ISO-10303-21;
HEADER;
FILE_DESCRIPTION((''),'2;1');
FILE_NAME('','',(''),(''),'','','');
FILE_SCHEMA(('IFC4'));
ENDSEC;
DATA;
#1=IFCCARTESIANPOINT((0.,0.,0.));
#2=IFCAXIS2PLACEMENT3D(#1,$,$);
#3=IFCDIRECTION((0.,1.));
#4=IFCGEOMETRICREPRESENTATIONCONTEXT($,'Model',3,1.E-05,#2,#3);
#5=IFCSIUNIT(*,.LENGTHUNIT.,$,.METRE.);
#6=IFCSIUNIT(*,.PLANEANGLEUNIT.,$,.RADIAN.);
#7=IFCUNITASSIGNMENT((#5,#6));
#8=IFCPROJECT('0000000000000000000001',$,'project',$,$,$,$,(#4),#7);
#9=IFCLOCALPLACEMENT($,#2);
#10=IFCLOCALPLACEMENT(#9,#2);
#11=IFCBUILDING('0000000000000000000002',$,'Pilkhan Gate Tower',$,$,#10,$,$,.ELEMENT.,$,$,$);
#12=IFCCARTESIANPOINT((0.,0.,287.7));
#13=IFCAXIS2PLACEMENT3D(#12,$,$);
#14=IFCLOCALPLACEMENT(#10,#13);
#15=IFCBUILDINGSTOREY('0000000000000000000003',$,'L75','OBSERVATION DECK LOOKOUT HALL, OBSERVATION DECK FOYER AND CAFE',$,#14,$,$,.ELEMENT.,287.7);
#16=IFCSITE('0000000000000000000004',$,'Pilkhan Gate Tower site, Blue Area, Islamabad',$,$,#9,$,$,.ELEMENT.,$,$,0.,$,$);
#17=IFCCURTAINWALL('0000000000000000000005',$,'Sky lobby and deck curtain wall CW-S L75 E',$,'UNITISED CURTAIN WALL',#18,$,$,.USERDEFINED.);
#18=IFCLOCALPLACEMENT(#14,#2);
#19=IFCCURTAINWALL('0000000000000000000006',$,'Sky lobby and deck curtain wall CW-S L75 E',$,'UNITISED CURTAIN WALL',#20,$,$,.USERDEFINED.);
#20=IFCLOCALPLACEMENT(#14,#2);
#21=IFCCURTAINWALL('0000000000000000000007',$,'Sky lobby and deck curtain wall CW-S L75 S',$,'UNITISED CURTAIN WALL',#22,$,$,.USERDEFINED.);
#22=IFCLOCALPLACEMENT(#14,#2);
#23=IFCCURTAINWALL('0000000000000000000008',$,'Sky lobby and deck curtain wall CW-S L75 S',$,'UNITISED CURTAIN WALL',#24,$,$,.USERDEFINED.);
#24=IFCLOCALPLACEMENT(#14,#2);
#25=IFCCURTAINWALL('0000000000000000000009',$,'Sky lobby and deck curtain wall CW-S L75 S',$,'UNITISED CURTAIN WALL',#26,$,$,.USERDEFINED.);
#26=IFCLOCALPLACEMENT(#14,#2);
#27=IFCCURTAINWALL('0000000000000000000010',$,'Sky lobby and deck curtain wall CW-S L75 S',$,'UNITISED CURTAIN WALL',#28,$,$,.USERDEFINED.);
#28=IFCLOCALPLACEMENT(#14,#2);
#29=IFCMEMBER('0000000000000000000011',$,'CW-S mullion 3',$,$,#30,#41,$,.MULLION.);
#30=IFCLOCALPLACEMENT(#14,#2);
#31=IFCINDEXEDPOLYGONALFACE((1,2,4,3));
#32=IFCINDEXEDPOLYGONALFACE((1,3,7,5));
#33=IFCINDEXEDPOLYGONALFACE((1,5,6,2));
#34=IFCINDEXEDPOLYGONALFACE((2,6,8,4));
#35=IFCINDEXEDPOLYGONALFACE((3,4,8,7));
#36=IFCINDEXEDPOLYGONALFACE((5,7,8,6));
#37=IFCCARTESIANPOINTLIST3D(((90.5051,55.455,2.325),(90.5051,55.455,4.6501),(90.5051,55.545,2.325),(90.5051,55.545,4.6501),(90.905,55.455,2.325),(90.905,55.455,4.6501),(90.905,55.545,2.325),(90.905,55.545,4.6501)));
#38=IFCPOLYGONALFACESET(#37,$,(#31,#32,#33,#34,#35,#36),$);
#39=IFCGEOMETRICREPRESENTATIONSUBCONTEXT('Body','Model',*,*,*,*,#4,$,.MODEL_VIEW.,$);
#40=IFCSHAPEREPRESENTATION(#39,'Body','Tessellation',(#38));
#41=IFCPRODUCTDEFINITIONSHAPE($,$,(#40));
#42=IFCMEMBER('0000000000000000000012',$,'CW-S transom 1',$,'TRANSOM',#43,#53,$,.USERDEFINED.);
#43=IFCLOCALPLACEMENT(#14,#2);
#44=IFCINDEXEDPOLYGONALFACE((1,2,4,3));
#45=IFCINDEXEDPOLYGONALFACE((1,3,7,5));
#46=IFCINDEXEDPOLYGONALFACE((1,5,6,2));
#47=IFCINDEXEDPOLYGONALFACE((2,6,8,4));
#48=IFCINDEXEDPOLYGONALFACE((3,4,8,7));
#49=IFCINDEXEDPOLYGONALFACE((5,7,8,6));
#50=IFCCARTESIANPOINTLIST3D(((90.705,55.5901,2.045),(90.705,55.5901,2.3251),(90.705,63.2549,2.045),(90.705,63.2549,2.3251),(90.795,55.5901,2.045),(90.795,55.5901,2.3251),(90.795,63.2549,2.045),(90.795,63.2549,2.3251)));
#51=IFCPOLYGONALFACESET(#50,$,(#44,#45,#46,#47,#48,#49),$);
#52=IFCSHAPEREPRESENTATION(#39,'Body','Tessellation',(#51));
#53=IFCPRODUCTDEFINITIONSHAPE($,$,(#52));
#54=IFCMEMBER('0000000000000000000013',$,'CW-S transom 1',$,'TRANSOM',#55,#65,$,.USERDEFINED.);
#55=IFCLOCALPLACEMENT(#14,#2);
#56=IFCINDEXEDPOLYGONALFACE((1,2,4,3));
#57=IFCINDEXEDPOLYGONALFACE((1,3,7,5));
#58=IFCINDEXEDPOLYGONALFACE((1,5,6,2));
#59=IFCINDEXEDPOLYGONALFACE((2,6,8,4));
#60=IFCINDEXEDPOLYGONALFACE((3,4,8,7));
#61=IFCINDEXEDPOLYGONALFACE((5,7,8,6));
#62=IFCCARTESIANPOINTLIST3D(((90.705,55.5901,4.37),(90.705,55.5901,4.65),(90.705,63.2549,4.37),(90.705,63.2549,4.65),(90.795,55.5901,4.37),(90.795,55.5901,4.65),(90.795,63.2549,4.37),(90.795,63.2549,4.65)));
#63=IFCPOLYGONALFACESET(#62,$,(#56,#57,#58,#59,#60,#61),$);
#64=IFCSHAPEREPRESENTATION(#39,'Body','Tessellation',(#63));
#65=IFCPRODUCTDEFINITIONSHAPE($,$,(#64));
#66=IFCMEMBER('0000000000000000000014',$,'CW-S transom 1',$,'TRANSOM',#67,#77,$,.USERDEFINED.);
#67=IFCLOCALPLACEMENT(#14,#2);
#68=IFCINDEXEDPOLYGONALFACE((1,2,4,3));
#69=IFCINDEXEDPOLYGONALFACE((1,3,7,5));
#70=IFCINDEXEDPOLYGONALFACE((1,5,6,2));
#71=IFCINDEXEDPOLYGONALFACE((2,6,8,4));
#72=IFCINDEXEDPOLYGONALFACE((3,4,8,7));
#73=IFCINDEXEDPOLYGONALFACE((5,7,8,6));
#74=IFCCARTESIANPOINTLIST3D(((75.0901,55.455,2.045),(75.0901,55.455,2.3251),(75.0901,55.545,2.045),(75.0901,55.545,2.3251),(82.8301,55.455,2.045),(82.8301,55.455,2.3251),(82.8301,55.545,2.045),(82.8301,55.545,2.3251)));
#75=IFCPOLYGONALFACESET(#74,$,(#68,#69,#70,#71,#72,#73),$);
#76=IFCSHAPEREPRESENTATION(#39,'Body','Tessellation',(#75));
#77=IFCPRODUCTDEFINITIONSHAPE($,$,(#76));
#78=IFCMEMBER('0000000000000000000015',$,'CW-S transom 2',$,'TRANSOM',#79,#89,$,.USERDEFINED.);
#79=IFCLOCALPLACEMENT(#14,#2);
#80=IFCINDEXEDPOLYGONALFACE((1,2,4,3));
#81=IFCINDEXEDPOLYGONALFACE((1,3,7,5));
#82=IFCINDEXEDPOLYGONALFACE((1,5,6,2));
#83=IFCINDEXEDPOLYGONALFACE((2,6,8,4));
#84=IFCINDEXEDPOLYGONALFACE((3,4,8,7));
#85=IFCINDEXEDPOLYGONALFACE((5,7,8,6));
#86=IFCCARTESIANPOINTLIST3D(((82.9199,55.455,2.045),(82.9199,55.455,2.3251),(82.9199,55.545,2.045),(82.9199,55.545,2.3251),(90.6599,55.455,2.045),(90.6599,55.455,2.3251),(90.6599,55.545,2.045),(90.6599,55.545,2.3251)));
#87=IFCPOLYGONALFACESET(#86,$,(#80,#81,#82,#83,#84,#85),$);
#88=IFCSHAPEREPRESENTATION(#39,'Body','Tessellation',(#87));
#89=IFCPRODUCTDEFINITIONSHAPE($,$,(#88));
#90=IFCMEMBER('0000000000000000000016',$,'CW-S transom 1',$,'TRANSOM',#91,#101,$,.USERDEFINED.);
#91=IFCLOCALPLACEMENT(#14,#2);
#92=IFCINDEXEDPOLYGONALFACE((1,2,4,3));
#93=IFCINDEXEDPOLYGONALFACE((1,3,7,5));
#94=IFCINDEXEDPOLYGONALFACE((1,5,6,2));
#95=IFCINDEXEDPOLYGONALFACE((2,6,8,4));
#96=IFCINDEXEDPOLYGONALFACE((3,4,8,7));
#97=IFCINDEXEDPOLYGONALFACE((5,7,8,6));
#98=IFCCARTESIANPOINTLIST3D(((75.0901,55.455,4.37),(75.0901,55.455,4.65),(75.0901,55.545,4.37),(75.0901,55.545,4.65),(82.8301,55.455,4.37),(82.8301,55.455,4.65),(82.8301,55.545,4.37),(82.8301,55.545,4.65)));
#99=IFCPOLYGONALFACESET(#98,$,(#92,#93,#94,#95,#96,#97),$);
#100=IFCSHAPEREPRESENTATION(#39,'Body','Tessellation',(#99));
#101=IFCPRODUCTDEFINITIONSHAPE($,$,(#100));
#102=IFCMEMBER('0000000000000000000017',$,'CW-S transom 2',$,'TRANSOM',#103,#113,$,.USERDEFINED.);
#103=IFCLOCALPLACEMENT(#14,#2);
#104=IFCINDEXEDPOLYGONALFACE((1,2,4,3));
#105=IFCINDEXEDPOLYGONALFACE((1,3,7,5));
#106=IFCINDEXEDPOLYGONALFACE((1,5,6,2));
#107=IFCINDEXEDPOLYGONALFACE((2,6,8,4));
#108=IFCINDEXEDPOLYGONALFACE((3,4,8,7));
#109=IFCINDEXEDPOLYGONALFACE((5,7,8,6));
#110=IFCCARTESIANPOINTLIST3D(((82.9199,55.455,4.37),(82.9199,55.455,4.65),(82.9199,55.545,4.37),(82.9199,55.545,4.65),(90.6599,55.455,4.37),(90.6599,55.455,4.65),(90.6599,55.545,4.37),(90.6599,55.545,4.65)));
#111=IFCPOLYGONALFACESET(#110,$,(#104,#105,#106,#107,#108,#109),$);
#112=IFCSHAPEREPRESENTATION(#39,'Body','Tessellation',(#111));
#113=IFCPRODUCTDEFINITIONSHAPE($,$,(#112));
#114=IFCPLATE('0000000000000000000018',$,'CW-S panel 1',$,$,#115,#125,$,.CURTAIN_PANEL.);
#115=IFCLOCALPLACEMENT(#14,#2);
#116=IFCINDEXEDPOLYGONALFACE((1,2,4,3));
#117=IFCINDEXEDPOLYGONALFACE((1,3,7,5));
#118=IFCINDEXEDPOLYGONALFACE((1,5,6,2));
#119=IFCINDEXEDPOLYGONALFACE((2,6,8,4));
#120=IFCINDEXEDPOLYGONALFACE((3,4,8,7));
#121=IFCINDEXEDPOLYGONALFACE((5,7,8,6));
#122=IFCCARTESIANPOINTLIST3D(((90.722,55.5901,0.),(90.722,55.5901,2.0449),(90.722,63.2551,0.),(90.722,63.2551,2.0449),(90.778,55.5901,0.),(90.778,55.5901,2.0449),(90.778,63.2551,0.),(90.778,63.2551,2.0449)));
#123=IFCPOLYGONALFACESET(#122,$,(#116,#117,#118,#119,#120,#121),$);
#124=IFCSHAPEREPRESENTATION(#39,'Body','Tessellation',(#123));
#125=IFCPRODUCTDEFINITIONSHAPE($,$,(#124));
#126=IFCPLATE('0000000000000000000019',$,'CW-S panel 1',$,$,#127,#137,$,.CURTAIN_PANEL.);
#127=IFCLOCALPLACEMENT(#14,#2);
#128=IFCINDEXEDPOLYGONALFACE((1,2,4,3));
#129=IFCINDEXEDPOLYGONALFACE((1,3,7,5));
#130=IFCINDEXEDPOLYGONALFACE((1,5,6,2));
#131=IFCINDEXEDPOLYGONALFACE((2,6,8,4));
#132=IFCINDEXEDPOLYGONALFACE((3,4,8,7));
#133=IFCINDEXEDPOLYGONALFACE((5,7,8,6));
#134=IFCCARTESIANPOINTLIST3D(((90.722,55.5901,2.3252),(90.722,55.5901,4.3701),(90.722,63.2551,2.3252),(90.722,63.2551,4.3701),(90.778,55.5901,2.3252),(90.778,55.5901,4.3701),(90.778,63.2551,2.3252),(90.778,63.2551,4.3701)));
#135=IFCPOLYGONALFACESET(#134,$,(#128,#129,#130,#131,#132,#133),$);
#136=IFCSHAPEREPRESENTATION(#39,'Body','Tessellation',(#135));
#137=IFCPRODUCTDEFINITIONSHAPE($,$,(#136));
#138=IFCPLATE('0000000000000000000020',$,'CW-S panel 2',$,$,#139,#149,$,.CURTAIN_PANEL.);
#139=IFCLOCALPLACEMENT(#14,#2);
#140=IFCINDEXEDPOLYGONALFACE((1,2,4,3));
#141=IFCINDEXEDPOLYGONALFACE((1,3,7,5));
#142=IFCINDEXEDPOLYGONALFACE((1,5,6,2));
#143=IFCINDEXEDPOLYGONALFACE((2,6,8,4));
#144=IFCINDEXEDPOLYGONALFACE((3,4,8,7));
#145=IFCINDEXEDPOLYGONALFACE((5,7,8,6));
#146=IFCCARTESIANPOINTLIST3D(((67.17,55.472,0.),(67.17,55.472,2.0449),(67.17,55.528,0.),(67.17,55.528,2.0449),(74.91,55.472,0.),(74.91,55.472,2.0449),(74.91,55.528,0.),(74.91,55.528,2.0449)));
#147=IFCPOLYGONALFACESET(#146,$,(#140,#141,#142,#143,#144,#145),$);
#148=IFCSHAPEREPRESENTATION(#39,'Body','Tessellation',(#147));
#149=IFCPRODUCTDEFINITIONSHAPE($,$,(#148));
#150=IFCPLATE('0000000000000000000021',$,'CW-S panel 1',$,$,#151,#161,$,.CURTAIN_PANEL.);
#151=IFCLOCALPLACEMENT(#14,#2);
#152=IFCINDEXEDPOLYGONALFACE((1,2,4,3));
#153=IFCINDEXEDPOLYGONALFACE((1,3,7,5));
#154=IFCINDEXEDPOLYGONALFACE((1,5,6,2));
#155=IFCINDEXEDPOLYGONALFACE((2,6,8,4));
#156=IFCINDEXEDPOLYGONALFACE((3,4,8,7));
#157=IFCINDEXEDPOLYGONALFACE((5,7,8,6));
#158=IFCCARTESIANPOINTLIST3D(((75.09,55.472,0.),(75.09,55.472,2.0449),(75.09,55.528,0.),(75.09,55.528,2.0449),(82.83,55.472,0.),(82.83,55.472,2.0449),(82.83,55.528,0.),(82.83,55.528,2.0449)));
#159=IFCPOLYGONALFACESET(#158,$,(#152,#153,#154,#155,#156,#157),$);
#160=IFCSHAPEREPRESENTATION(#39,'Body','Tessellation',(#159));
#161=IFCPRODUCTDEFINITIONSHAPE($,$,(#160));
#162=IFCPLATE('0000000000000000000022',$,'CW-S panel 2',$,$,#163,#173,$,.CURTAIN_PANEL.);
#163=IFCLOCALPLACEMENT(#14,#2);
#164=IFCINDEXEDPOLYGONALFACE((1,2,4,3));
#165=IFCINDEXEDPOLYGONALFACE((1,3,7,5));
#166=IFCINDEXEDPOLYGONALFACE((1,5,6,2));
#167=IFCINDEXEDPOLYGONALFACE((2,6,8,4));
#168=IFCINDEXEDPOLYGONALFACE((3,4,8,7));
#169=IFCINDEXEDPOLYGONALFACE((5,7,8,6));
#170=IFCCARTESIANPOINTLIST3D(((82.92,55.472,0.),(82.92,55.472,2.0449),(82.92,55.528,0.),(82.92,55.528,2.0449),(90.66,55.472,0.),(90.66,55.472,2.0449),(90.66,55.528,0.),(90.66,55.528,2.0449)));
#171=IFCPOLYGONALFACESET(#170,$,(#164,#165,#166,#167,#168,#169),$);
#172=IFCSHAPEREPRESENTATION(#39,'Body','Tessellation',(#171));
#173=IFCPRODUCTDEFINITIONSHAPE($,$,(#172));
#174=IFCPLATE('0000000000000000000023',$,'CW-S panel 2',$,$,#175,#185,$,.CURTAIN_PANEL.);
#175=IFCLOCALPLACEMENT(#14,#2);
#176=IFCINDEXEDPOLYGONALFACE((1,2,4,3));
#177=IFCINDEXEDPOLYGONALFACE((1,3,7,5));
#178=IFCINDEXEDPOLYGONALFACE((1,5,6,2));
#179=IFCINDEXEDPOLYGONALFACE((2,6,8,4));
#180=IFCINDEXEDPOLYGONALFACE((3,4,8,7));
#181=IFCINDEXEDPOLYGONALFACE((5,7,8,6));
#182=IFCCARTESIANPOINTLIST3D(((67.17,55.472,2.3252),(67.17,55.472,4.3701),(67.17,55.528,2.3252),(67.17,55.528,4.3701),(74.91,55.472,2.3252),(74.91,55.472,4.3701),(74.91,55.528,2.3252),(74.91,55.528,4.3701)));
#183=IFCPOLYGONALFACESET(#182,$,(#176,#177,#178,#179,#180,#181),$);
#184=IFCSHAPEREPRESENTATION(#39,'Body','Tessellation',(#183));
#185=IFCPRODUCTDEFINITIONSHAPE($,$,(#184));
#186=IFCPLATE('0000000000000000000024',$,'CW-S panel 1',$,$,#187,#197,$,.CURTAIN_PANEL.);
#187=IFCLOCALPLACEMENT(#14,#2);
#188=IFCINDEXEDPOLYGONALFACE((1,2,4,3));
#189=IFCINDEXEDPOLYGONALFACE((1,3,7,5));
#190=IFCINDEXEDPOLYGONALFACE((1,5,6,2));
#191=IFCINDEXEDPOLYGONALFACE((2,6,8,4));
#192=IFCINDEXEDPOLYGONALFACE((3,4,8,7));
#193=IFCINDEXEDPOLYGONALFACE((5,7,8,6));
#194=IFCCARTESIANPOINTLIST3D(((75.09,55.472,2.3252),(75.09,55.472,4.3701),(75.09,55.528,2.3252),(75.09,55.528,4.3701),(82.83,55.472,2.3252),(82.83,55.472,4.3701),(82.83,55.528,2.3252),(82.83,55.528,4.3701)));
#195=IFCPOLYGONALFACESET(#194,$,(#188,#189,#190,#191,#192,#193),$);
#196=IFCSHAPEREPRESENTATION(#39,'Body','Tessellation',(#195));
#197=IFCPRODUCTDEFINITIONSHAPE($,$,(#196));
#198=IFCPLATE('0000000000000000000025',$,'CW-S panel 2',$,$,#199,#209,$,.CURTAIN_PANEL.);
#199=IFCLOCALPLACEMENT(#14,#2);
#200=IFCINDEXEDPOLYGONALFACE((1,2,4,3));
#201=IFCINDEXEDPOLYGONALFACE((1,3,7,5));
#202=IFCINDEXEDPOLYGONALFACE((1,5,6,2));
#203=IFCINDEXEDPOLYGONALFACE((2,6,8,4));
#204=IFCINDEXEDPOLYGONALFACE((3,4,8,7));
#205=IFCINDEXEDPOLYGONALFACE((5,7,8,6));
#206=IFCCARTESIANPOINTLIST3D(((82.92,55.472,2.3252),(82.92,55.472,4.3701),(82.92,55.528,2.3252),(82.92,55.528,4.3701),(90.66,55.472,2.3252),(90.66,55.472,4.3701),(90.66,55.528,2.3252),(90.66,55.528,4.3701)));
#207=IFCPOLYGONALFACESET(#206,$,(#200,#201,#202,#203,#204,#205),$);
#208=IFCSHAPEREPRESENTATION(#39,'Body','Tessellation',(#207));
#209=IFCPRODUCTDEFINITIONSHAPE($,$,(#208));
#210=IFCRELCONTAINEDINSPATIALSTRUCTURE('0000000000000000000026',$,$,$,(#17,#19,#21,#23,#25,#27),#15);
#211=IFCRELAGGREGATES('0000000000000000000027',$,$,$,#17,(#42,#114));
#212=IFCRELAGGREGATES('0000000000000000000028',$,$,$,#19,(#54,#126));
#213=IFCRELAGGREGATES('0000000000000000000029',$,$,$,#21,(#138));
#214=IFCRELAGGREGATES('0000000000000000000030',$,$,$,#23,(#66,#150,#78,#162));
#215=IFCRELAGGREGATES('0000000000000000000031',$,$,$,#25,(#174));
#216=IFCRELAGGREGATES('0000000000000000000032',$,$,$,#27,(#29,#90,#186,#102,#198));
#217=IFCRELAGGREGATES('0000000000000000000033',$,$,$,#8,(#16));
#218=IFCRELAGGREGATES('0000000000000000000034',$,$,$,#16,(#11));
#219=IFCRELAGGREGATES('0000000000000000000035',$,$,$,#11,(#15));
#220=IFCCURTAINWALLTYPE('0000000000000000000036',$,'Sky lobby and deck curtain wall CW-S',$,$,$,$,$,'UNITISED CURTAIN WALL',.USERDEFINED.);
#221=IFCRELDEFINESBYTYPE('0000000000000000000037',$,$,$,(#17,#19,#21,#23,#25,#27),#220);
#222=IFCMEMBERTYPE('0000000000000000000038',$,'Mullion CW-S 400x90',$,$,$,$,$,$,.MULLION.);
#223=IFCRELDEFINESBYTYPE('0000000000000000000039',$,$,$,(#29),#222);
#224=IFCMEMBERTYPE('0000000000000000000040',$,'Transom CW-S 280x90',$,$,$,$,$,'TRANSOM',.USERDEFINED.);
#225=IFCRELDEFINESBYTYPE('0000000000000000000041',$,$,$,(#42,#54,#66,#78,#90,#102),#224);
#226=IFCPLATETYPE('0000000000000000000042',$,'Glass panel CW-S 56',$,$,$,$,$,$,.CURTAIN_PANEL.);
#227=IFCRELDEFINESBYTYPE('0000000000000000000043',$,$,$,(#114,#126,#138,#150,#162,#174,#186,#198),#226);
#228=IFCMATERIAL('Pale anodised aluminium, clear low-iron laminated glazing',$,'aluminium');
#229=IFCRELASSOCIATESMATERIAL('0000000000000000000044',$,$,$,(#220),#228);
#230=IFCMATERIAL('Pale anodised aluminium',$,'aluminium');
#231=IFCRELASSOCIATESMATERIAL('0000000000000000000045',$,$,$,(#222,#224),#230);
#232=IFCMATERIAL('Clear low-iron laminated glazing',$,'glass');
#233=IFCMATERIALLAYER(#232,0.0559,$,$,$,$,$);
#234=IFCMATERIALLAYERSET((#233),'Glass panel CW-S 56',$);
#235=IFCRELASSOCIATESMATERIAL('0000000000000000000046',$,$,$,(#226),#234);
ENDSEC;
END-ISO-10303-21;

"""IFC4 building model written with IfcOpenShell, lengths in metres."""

from ifc_helpers import new_model, si_unit, direction, frame, origin, origin_2d, place, context, subcontext, project, spatial, rectangle, extrude, material, layer, layer_set, material_profile, profile_set, type_object, element, aggregate, save


model = new_model("IFC4")

# Units and contexts
model_context = context("Model", 3, precision=1e-05, world=origin(), true_north=direction((0.0, 1.0)))
body_context = subcontext(model_context, "Body", "Model", "MODEL_VIEW")
ifc_project = project(units=[si_unit("LENGTHUNIT", "METRE"), si_unit("PLANEANGLEUNIT", "RADIAN")], contexts=[model_context])

# Site, building, storey
site_placement = place(None, origin())
site = spatial("IfcSite", under=ifc_project, at=site_placement, Name="Pilkhan Gate Tower site, Blue Area, Islamabad", CompositionType="ELEMENT", RefElevation=0.0)
building_placement = place(site_placement, origin())
building = spatial("IfcBuilding", under=site, at=building_placement, Name="Pilkhan Gate Tower", CompositionType="ELEMENT")
storey_placement = place(building_placement, frame((0.0, 0.0, 287.7)))
storey = spatial("IfcBuildingStorey", under=building, at=storey_placement, Name="L75", Description="OBSERVATION DECK LOOKOUT HALL, OBSERVATION DECK FOYER AND CAFE", CompositionType="ELEMENT", Elevation=287.7)

# Curtain wall
ifc_material_1 = material(Name="Pale anodised aluminium, clear low-iron laminated glazing", Category="aluminium")
curtain_wall_type = type_object("IfcCurtainWallType", Name="Sky lobby and deck curtain wall CW-S", ElementType="UNITISED CURTAIN WALL", PredefinedType="USERDEFINED", material=ifc_material_1)
curtain_wall_1_placement = place(storey_placement, origin())
curtain_wall_1 = element("IfcCurtainWall", 1, at=curtain_wall_1_placement, inside=storey, type_object=curtain_wall_type, Name="Sky lobby and deck curtain wall CW-S L75 E", ObjectType="UNITISED CURTAIN WALL", PredefinedType="USERDEFINED")
ifc_material_2 = material(Name="Pale anodised aluminium", Category="aluminium")
ifc_material_profile_1 = material_profile(ifc_material_2, rectangle(XDim=0.0901, YDim=0.3999, at=origin_2d()), Name="Mullion 400x90")
ifc_profile_set_1 = profile_set([ifc_material_profile_1], Name="Pale anodised aluminium")
member_type_1 = type_object("IfcMemberType", Name="Mullion CW-S 400x90", PredefinedType="MULLION", material=ifc_profile_set_1)

# Curtain walls
curtain_wall_2_placement = place(storey_placement, origin())
curtain_wall_2 = element("IfcCurtainWall", 2, at=curtain_wall_2_placement, inside=storey, type_object=curtain_wall_type, Name="Sky lobby and deck curtain wall CW-S L75 E", ObjectType="UNITISED CURTAIN WALL", PredefinedType="USERDEFINED")
curtain_wall_3_placement = place(storey_placement, origin())
curtain_wall_3 = element("IfcCurtainWall", 3, at=curtain_wall_3_placement, inside=storey, type_object=curtain_wall_type, Name="Sky lobby and deck curtain wall CW-S L75 S", ObjectType="UNITISED CURTAIN WALL", PredefinedType="USERDEFINED")

# Curtain wall
curtain_wall_4_placement = place(storey_placement, origin())
curtain_wall_4 = element("IfcCurtainWall", 4, at=curtain_wall_4_placement, inside=storey, type_object=curtain_wall_type, Name="Sky lobby and deck curtain wall CW-S L75 S", ObjectType="UNITISED CURTAIN WALL", PredefinedType="USERDEFINED")

# Curtain wall
curtain_wall_5_placement = place(storey_placement, origin())
curtain_wall_5 = element("IfcCurtainWall", 5, at=curtain_wall_5_placement, inside=storey, type_object=curtain_wall_type, Name="Sky lobby and deck curtain wall CW-S L75 S", ObjectType="UNITISED CURTAIN WALL", PredefinedType="USERDEFINED")

# Curtain wall, member
curtain_wall_6_placement = place(storey_placement, origin())
curtain_wall_6 = element("IfcCurtainWall", 6, at=curtain_wall_6_placement, inside=storey, type_object=curtain_wall_type, Name="Sky lobby and deck curtain wall CW-S L75 S", ObjectType="UNITISED CURTAIN WALL", PredefinedType="USERDEFINED")
member_1_placement = place(storey_placement, frame((90.7051, 55.5, 2.325), z_axis=(0.0, 0.0, 1.0), x_axis=(0.0, 1.0, 0.0)))
member_1 = element("IfcMember", 7, at=member_1_placement, type_object=member_type_1, Name="CW-S mullion 3", PredefinedType="MULLION", context=body_context, shape_type="SweptSolid", body=[
    extrude(rectangle(XDim=0.0901, YDim=0.3999, at=origin_2d()), origin(), (0.0, 0.0, 1.0), 2.3252),
])

# Members
ifc_material_profile_2 = material_profile(ifc_material_2, rectangle(XDim=0.0901, YDim=0.28, at=origin_2d()), Name="Transom 280x90")
ifc_profile_set_2 = profile_set([ifc_material_profile_2], Name="Pale anodised aluminium")
member_type_2 = type_object("IfcMemberType", Name="Transom CW-S 280x90", ElementType="TRANSOM", PredefinedType="USERDEFINED", material=ifc_profile_set_2)
member_2_placement = place(storey_placement, frame((90.75, 55.5901, 2.1851), z_axis=(0.0, 1.0, 0.0), x_axis=(-1.0, 0.0, 0.0)))
member_2 = element("IfcMember", 8, at=member_2_placement, type_object=member_type_2, Name="CW-S transom 1", ObjectType="TRANSOM", PredefinedType="USERDEFINED", context=body_context, shape_type="SweptSolid", body=[
    extrude(rectangle(XDim=0.0901, YDim=0.28, at=origin_2d()), origin(), (0.0, 0.0, 1.0), 7.6648),
])
member_3_placement = place(storey_placement, frame((90.75, 55.5901, 4.51), z_axis=(0.0, 1.0, 0.0), x_axis=(-1.0, 0.0, 0.0)))
member_3 = element("IfcMember", 9, at=member_3_placement, type_object=member_type_2, Name="CW-S transom 1", ObjectType="TRANSOM", PredefinedType="USERDEFINED", context=body_context, shape_type="SweptSolid", body=[
    extrude(rectangle(XDim=0.0901, YDim=0.28, at=origin_2d()), origin(), (0.0, 0.0, 1.0), 7.6648),
])
member_4_placement = place(storey_placement, frame((75.0901, 55.5, 2.1851), z_axis=(1.0, 0.0, 0.0), x_axis=(0.0, 1.0, 0.0)))
member_4 = element("IfcMember", 10, at=member_4_placement, type_object=member_type_2, Name="CW-S transom 1", ObjectType="TRANSOM", PredefinedType="USERDEFINED", context=body_context, shape_type="SweptSolid", body=[
    extrude(rectangle(XDim=0.0901, YDim=0.28, at=origin_2d()), origin(), (0.0, 0.0, 1.0), 7.74),
])
member_5_placement = place(storey_placement, frame((82.9199, 55.5, 2.1851), z_axis=(1.0, 0.0, 0.0), x_axis=(0.0, 1.0, 0.0)))
member_5 = element("IfcMember", 11, at=member_5_placement, type_object=member_type_2, Name="CW-S transom 2", ObjectType="TRANSOM", PredefinedType="USERDEFINED", context=body_context, shape_type="SweptSolid", body=[
    extrude(rectangle(XDim=0.0901, YDim=0.28, at=origin_2d()), origin(), (0.0, 0.0, 1.0), 7.74),
])
member_6_placement = place(storey_placement, frame((75.0901, 55.5, 4.51), z_axis=(1.0, 0.0, 0.0), x_axis=(0.0, 1.0, 0.0)))
member_6 = element("IfcMember", 12, at=member_6_placement, type_object=member_type_2, Name="CW-S transom 1", ObjectType="TRANSOM", PredefinedType="USERDEFINED", context=body_context, shape_type="SweptSolid", body=[
    extrude(rectangle(XDim=0.0901, YDim=0.28, at=origin_2d()), origin(), (0.0, 0.0, 1.0), 7.74),
])
member_7_placement = place(storey_placement, frame((82.9199, 55.5, 4.51), z_axis=(1.0, 0.0, 0.0), x_axis=(0.0, 1.0, 0.0)))
member_7 = element("IfcMember", 13, at=member_7_placement, type_object=member_type_2, Name="CW-S transom 2", ObjectType="TRANSOM", PredefinedType="USERDEFINED", context=body_context, shape_type="SweptSolid", body=[
    extrude(rectangle(XDim=0.0901, YDim=0.28, at=origin_2d()), origin(), (0.0, 0.0, 1.0), 7.74),
])

# Plates
ifc_material_3 = material(Name="Clear low-iron laminated glazing", Category="glass")
ifc_layer_1 = layer(ifc_material_3, 0.0559)
ifc_layer_set_1 = layer_set([ifc_layer_1], Name="Glass panel CW-S 56")
plate_type = type_object("IfcPlateType", Name="Glass panel CW-S 56", PredefinedType="CURTAIN_PANEL", material=ifc_layer_set_1)
plate_1_placement = place(storey_placement, frame((90.75, 59.4226, 0.0), z_axis=(0.0, 0.0, 1.0), x_axis=(0.0, 1.0, 0.0)))
plate_1 = element("IfcPlate", 14, at=plate_1_placement, type_object=plate_type, Name="CW-S panel 1", PredefinedType="CURTAIN_PANEL", context=body_context, shape_type="SweptSolid", body=[
    extrude(rectangle(XDim=7.665, YDim=0.0559, at=origin_2d()), origin(), (0.0, 0.0, 1.0), 2.0449),
])
aggregate(curtain_wall_1, [member_2, plate_1])
plate_2_placement = place(storey_placement, frame((90.75, 59.4226, 2.3252), z_axis=(0.0, 0.0, 1.0), x_axis=(0.0, 1.0, 0.0)))
plate_2 = element("IfcPlate", 15, at=plate_2_placement, type_object=plate_type, Name="CW-S panel 1", PredefinedType="CURTAIN_PANEL", context=body_context, shape_type="SweptSolid", body=[
    extrude(rectangle(XDim=7.665, YDim=0.0559, at=origin_2d()), origin(), (0.0, 0.0, 1.0), 2.0449),
])
aggregate(curtain_wall_2, [member_3, plate_2])
plate_3_placement = place(storey_placement, frame((71.04, 55.5, 0.0), z_axis=(0.0, 0.0, 1.0), x_axis=(1.0, 0.0, 0.0)))
plate_3 = element("IfcPlate", 16, at=plate_3_placement, type_object=plate_type, Name="CW-S panel 2", PredefinedType="CURTAIN_PANEL", context=body_context, shape_type="SweptSolid", body=[
    extrude(rectangle(XDim=7.74, YDim=0.0559, at=origin_2d()), origin(), (0.0, 0.0, 1.0), 2.0449),
])
aggregate(curtain_wall_3, [plate_3])
plate_4_placement = place(storey_placement, frame((78.96, 55.5, 0.0), z_axis=(0.0, 0.0, 1.0), x_axis=(1.0, 0.0, 0.0)))
plate_4 = element("IfcPlate", 17, at=plate_4_placement, type_object=plate_type, Name="CW-S panel 1", PredefinedType="CURTAIN_PANEL", context=body_context, shape_type="SweptSolid", body=[
    extrude(rectangle(XDim=7.74, YDim=0.0559, at=origin_2d()), origin(), (0.0, 0.0, 1.0), 2.0449),
])
plate_5_placement = place(storey_placement, frame((86.79, 55.5, 0.0), z_axis=(0.0, 0.0, 1.0), x_axis=(1.0, 0.0, 0.0)))
plate_5 = element("IfcPlate", 18, at=plate_5_placement, type_object=plate_type, Name="CW-S panel 2", PredefinedType="CURTAIN_PANEL", context=body_context, shape_type="SweptSolid", body=[
    extrude(rectangle(XDim=7.74, YDim=0.0559, at=origin_2d()), origin(), (0.0, 0.0, 1.0), 2.0449),
])
aggregate(curtain_wall_4, [member_4, plate_4, member_5, plate_5])
plate_6_placement = place(storey_placement, frame((71.04, 55.5, 2.3252), z_axis=(0.0, 0.0, 1.0), x_axis=(1.0, 0.0, 0.0)))
plate_6 = element("IfcPlate", 19, at=plate_6_placement, type_object=plate_type, Name="CW-S panel 2", PredefinedType="CURTAIN_PANEL", context=body_context, shape_type="SweptSolid", body=[
    extrude(rectangle(XDim=7.74, YDim=0.0559, at=origin_2d()), origin(), (0.0, 0.0, 1.0), 2.0449),
])
aggregate(curtain_wall_5, [plate_6])
plate_7_placement = place(storey_placement, frame((78.96, 55.5, 2.3252), z_axis=(0.0, 0.0, 1.0), x_axis=(1.0, 0.0, 0.0)))
plate_7 = element("IfcPlate", 20, at=plate_7_placement, type_object=plate_type, Name="CW-S panel 1", PredefinedType="CURTAIN_PANEL", context=body_context, shape_type="SweptSolid", body=[
    extrude(rectangle(XDim=7.74, YDim=0.0559, at=origin_2d()), origin(), (0.0, 0.0, 1.0), 2.0449),
])
plate_8_placement = place(storey_placement, frame((86.79, 55.5, 2.3252), z_axis=(0.0, 0.0, 1.0), x_axis=(1.0, 0.0, 0.0)))
plate_8 = element("IfcPlate", 21, at=plate_8_placement, type_object=plate_type, Name="CW-S panel 2", PredefinedType="CURTAIN_PANEL", context=body_context, shape_type="SweptSolid", body=[
    extrude(rectangle(XDim=7.74, YDim=0.0559, at=origin_2d()), origin(), (0.0, 0.0, 1.0), 2.0449),
])
aggregate(curtain_wall_6, [member_1, member_6, plate_7, member_7, plate_8])

save(model, "model.ifc")
